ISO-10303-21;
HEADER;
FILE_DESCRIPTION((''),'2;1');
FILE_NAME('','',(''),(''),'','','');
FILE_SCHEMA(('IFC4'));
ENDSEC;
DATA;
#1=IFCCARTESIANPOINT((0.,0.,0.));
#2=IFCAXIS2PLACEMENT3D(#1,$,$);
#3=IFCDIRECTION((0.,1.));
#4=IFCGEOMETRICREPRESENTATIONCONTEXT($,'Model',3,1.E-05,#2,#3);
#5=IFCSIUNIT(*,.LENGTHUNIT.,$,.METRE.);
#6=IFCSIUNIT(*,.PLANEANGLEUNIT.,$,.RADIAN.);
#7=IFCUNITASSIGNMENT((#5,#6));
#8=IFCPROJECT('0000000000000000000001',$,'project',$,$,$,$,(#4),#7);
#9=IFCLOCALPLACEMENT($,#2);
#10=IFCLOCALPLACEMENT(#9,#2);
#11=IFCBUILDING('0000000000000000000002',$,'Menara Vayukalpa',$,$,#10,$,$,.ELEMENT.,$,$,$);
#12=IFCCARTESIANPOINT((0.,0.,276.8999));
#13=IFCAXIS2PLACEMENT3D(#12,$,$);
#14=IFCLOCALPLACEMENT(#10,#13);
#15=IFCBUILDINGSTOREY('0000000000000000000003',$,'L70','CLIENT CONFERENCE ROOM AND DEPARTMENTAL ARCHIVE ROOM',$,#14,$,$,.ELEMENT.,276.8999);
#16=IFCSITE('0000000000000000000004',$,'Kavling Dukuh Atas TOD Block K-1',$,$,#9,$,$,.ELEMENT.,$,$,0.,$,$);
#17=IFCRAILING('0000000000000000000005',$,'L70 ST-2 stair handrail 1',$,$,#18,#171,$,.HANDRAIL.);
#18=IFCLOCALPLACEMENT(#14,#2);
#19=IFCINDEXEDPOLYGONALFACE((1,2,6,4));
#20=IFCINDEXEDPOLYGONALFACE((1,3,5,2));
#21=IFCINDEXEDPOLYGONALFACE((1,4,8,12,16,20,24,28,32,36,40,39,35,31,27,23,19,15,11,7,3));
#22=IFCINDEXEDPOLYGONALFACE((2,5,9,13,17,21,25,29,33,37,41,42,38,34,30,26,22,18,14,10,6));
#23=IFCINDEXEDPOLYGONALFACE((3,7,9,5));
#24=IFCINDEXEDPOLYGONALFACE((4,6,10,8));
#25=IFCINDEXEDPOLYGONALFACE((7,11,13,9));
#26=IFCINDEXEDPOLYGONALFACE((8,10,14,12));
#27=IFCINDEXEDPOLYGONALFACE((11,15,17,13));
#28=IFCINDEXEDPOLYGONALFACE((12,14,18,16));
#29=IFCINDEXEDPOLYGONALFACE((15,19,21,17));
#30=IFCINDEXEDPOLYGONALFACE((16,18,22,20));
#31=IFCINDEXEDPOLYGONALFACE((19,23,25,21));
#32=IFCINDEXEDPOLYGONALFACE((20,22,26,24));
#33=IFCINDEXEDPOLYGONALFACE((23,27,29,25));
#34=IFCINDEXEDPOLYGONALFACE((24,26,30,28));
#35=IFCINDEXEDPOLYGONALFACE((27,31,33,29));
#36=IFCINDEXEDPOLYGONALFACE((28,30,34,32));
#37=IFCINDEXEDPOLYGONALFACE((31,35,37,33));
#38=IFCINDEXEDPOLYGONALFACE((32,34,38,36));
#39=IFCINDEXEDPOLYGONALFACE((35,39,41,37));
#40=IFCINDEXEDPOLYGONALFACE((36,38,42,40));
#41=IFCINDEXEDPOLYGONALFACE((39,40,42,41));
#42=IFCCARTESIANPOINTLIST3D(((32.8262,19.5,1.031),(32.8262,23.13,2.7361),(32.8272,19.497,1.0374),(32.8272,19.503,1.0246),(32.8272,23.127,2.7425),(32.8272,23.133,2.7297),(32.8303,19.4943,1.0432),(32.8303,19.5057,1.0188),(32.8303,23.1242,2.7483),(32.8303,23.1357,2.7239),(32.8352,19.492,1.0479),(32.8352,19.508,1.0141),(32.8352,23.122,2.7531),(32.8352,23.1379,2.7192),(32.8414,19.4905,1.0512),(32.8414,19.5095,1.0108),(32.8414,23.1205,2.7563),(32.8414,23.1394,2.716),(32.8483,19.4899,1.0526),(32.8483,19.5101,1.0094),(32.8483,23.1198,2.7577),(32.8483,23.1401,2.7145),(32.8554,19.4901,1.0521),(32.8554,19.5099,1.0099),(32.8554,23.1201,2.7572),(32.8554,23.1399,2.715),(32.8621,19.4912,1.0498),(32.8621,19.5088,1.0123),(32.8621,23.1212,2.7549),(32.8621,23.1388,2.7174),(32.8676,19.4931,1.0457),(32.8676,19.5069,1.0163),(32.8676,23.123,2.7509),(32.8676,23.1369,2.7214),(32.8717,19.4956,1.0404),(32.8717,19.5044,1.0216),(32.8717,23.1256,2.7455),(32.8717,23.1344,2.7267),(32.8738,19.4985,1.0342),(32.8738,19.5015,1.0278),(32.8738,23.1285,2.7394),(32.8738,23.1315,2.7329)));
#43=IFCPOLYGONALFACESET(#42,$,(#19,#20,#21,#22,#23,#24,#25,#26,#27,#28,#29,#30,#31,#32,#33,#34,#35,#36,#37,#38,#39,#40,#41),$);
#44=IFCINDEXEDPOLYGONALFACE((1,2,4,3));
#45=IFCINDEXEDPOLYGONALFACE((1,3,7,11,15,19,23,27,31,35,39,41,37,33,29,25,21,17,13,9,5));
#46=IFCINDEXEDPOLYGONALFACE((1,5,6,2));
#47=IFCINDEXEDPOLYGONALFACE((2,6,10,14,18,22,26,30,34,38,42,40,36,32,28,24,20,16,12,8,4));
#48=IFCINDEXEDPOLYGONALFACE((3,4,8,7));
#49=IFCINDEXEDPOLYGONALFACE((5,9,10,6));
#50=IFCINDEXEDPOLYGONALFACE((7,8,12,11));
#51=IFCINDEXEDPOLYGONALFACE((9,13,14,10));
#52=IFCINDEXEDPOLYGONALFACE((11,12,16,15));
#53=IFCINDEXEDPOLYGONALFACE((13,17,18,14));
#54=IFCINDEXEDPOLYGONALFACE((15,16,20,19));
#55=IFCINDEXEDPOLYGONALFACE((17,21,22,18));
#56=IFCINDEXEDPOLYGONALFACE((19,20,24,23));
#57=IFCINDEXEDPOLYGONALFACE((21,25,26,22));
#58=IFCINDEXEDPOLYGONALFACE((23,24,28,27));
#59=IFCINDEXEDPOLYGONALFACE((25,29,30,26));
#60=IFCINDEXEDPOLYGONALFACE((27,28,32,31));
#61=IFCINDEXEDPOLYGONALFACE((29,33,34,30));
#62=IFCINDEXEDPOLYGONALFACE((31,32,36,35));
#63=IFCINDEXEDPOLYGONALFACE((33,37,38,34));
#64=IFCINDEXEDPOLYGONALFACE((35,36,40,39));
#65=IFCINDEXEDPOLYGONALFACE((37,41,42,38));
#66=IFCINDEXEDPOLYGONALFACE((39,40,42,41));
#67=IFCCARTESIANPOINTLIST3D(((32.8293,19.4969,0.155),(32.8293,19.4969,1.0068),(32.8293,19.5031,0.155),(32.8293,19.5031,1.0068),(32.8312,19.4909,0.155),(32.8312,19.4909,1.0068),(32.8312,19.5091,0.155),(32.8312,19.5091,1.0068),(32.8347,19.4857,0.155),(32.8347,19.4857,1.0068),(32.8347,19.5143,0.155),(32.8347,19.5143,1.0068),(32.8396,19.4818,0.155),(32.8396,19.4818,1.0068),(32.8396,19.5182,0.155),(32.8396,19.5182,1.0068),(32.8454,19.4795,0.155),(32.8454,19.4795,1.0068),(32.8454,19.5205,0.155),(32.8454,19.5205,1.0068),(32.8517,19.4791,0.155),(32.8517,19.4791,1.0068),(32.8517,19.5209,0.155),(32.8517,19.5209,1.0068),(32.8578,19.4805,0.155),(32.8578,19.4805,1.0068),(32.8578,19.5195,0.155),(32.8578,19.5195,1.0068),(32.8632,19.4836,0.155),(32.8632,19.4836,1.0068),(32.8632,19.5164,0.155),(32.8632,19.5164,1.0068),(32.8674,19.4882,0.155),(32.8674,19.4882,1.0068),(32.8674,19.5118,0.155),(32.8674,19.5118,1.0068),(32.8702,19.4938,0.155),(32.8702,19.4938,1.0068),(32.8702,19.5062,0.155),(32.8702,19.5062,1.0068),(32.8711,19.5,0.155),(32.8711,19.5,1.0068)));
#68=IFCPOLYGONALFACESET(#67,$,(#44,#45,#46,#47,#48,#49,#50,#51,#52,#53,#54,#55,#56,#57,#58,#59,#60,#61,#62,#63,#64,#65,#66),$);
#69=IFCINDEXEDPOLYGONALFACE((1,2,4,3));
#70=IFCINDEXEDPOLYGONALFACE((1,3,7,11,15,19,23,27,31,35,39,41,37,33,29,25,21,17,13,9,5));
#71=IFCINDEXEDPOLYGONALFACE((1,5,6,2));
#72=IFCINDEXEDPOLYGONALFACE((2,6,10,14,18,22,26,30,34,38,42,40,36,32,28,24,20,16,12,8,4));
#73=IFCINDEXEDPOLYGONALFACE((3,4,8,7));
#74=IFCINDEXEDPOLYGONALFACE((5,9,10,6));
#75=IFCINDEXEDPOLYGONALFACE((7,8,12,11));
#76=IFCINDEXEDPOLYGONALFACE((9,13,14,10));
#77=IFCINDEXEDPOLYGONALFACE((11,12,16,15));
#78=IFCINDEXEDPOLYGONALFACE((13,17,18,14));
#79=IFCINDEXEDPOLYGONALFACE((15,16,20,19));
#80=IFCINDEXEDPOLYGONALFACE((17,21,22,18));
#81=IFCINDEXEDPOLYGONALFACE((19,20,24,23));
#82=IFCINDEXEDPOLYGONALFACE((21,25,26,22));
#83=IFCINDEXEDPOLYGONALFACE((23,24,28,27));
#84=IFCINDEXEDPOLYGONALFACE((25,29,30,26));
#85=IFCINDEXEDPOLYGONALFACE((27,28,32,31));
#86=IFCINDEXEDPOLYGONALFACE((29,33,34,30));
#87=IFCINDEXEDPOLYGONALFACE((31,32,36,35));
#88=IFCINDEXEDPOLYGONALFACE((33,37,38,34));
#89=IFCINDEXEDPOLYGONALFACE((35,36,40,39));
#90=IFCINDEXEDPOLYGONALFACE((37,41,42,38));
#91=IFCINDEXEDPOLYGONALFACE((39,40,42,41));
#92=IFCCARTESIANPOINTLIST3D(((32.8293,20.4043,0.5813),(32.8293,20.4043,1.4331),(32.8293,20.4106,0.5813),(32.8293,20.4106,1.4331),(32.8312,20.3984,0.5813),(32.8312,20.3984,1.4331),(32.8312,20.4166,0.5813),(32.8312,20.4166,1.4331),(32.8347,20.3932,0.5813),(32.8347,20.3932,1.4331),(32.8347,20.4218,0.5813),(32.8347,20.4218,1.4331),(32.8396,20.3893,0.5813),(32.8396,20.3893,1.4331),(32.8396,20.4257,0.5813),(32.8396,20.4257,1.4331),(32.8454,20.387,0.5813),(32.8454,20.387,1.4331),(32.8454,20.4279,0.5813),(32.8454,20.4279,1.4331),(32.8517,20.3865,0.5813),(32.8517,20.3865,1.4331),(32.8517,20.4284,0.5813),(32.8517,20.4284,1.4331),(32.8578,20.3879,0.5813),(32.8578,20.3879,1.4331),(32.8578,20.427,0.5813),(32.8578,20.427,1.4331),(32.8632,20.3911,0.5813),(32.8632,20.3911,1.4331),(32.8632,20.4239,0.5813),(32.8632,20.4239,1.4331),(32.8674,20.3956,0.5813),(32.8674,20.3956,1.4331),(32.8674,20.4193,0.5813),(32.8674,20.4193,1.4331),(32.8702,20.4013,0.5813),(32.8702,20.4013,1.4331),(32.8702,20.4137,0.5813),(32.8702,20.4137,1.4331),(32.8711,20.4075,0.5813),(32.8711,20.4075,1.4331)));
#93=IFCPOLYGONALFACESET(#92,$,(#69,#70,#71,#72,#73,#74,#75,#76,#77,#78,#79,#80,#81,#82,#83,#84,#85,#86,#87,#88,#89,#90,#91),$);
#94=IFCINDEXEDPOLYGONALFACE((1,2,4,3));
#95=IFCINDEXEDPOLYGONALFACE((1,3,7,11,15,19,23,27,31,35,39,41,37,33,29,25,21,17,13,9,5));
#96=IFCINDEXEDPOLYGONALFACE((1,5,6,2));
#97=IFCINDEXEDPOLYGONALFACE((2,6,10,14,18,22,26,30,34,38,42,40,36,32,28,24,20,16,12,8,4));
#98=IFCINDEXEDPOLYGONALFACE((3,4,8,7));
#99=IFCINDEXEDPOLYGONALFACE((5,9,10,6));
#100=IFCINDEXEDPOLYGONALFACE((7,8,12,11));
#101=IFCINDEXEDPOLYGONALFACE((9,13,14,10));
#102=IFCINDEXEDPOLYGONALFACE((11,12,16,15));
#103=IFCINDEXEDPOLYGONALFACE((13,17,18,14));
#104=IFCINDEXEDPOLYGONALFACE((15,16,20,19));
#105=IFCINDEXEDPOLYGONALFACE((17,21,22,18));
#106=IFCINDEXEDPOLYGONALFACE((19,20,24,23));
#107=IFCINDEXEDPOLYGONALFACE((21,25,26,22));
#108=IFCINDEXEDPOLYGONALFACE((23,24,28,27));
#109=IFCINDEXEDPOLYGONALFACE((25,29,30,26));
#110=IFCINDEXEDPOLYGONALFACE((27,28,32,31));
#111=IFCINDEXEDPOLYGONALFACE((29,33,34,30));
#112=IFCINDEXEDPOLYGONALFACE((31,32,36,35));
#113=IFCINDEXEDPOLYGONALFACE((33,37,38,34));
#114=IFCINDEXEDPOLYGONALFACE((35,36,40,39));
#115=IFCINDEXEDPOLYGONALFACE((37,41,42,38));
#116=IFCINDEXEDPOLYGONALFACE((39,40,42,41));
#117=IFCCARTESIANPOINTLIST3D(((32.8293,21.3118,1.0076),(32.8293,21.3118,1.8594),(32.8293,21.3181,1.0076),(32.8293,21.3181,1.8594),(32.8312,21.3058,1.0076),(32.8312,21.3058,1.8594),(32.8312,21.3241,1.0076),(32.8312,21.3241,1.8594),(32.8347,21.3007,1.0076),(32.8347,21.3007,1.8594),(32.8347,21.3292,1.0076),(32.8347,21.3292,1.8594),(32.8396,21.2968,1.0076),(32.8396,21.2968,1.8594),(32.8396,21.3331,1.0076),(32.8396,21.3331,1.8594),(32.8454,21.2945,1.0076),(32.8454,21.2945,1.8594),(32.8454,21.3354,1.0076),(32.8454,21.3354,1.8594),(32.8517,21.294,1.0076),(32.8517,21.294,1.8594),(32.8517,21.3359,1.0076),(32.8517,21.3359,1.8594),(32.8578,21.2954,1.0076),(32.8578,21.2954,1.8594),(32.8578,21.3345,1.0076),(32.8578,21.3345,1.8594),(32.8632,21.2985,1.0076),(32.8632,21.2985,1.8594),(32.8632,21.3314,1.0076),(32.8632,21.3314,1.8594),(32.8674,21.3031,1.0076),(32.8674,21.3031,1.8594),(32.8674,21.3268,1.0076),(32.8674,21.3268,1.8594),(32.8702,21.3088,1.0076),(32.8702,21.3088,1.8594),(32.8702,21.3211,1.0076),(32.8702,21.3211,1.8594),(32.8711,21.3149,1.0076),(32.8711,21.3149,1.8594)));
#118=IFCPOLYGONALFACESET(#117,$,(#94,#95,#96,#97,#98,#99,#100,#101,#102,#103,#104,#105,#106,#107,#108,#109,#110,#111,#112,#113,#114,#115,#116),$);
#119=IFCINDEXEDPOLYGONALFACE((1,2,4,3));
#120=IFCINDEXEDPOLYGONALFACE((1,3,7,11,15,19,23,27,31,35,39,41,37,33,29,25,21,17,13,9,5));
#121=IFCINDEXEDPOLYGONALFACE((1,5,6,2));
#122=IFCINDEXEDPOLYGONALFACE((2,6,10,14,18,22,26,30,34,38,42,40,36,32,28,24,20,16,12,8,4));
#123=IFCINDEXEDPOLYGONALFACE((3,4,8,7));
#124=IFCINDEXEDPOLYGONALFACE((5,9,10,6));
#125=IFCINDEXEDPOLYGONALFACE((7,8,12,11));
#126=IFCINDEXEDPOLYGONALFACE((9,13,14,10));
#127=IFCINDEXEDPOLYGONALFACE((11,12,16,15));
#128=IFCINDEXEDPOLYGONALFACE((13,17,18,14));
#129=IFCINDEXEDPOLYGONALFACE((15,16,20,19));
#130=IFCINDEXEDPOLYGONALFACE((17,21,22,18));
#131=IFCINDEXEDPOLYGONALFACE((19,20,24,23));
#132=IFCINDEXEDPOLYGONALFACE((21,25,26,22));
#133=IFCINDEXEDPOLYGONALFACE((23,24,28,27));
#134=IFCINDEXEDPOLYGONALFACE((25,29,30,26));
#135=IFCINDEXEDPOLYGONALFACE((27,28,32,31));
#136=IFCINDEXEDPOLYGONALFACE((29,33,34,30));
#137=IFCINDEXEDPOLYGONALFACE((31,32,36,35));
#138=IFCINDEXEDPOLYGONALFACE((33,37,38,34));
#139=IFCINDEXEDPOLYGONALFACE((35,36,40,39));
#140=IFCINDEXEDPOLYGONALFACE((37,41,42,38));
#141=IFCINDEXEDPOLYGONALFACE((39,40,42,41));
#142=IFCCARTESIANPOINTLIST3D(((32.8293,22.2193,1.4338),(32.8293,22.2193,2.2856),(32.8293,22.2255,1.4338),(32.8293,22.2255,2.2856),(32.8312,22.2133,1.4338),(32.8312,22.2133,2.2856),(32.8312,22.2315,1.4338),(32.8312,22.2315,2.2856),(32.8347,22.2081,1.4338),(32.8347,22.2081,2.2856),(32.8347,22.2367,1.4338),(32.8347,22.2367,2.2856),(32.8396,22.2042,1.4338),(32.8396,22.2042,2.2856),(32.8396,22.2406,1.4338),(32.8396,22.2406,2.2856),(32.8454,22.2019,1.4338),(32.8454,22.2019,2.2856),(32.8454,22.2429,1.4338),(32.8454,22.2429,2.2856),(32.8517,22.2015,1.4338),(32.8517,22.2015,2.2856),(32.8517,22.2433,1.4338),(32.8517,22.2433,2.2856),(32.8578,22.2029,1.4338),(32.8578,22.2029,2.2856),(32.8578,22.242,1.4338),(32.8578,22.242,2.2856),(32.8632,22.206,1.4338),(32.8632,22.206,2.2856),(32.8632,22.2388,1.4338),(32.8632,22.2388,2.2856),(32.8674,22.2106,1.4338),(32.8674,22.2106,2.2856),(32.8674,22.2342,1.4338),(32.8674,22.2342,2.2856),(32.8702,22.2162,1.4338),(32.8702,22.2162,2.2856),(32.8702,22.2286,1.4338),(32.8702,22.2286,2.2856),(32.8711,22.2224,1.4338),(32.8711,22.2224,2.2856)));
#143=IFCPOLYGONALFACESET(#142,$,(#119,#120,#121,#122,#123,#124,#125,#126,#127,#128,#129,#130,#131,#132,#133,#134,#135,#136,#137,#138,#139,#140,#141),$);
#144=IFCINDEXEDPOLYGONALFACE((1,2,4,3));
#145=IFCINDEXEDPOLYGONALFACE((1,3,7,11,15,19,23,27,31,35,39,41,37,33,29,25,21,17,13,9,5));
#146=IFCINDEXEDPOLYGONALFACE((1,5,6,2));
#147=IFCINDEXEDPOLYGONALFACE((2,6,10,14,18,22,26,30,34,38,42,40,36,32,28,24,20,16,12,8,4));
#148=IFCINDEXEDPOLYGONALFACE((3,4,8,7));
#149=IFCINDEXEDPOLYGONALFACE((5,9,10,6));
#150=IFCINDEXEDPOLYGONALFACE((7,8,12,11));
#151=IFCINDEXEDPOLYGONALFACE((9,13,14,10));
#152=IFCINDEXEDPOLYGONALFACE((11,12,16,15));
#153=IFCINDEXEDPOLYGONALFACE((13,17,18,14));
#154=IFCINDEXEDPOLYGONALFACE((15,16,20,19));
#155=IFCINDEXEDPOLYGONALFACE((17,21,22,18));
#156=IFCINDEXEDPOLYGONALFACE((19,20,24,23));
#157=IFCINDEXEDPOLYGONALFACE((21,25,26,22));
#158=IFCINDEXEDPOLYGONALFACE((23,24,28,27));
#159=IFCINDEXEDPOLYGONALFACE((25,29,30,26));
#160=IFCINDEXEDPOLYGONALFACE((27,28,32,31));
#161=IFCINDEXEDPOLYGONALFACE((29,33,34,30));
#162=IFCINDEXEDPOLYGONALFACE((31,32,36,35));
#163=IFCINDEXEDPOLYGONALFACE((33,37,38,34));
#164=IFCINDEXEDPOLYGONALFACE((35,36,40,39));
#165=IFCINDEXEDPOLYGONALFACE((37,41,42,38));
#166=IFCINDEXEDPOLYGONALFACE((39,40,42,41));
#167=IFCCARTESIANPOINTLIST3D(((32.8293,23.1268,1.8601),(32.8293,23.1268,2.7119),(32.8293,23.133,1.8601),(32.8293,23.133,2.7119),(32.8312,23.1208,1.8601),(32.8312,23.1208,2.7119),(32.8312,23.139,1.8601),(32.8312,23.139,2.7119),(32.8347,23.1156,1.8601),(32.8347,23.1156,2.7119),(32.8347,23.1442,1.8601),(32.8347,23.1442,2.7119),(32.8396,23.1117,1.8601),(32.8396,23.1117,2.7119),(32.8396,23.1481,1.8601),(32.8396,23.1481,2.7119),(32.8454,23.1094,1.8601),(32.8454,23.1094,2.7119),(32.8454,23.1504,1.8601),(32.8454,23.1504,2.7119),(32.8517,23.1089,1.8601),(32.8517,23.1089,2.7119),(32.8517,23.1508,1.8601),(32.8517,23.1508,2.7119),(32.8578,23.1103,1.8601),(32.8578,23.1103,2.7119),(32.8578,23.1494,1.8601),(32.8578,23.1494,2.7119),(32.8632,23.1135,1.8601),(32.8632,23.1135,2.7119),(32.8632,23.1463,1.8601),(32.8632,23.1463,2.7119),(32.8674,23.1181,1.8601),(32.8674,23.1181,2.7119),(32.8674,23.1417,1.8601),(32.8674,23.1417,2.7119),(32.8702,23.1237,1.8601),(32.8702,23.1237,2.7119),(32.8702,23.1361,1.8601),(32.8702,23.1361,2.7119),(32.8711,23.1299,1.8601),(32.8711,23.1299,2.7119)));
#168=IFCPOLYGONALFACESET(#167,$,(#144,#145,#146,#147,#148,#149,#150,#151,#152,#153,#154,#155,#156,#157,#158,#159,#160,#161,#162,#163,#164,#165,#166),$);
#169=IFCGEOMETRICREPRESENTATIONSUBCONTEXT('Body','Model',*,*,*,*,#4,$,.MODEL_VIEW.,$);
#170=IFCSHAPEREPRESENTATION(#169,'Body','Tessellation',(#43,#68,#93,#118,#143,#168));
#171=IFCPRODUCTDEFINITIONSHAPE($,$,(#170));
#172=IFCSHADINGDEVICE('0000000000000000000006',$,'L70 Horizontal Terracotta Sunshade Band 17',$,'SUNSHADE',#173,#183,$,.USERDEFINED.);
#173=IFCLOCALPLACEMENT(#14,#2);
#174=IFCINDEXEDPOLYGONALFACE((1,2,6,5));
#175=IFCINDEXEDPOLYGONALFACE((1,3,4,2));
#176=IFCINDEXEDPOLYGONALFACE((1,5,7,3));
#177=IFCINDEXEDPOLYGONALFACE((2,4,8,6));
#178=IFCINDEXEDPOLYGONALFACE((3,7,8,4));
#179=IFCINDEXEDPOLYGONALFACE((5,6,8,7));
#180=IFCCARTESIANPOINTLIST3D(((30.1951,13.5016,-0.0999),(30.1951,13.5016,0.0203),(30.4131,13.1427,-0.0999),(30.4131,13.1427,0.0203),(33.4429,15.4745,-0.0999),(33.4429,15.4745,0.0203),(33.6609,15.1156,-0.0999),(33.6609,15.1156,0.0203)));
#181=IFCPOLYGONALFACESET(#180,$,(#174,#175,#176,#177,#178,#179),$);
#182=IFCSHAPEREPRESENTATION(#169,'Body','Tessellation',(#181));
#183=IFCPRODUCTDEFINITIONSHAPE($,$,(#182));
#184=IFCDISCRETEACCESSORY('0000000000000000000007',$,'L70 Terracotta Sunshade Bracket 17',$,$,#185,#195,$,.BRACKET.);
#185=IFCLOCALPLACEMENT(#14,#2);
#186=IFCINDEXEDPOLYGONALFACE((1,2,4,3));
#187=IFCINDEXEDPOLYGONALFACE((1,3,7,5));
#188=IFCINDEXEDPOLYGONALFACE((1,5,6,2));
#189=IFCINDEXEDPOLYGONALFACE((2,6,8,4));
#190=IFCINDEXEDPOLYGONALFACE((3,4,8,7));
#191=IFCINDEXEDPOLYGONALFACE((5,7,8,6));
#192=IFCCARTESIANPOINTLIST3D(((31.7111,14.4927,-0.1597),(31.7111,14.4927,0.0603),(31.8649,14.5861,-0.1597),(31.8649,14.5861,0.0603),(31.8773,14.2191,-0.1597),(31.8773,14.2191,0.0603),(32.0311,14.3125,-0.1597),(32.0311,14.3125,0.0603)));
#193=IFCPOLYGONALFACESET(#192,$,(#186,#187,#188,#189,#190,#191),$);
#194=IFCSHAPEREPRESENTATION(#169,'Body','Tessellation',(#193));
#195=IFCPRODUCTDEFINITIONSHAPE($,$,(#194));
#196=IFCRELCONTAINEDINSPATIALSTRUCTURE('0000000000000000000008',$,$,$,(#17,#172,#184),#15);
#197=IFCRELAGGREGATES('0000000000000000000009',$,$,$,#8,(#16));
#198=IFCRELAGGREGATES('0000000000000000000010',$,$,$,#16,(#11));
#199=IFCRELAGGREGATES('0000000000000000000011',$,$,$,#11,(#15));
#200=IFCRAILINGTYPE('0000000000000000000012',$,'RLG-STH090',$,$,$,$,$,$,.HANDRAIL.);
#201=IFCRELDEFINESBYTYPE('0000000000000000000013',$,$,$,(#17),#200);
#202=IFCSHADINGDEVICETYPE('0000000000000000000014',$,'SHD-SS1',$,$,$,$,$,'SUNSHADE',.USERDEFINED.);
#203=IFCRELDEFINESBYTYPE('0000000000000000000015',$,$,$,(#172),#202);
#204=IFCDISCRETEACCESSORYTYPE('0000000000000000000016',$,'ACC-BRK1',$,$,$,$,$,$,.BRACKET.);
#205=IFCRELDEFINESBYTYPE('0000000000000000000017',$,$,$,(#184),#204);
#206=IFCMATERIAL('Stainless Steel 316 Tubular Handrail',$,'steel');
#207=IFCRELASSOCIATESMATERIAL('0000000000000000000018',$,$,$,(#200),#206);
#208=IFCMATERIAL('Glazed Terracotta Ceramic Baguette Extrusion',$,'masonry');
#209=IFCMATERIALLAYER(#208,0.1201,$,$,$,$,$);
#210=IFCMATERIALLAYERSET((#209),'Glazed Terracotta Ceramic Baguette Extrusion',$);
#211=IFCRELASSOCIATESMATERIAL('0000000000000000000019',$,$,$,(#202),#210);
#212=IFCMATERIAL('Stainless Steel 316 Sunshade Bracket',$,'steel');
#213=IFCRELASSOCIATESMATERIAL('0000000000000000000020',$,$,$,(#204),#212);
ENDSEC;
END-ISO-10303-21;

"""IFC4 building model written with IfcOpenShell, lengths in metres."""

from ifc_helpers import new_model, si_unit, direction, frame, origin, origin_2d, place, context, subcontext, project, spatial, rectangle, circle, extrude, material, layer, layer_set, type_object, element, save


model = new_model("IFC4")

# Units and contexts
model_context = context("Model", 3, precision=1e-05, world=origin(), true_north=direction((0.0, 1.0)))
body_context = subcontext(model_context, "Body", "Model", "MODEL_VIEW")
ifc_project = project(units=[si_unit("LENGTHUNIT", "METRE"), si_unit("PLANEANGLEUNIT", "RADIAN")], contexts=[model_context])

# Site, building, storey
site_placement = place(None, origin())
site = spatial("IfcSite", under=ifc_project, at=site_placement, Name="Kavling Dukuh Atas TOD Block K-1", CompositionType="ELEMENT", RefElevation=0.0)
building_placement = place(site_placement, origin())
building = spatial("IfcBuilding", under=site, at=building_placement, Name="Menara Vayukalpa", CompositionType="ELEMENT")
storey_placement = place(building_placement, frame((0.0, 0.0, 276.8999)))
storey = spatial("IfcBuildingStorey", under=building, at=storey_placement, Name="L70", Description="CLIENT CONFERENCE ROOM AND DEPARTMENTAL ARCHIVE ROOM", CompositionType="ELEMENT", Elevation=276.8999)

# Railing
ifc_material_1 = material(Name="Stainless Steel 316 Tubular Handrail", Category="steel")
railing_type_1 = type_object("IfcRailingType", Name="RLG-STH090", PredefinedType="HANDRAIL", material=ifc_material_1)
railing_1_placement = place(storey_placement, frame((32.8501, 19.5, 0.155)))
element("IfcRailing", 1, at=railing_1_placement, inside=storey, type_object=railing_type_1, Name="L70 ST-2 stair handrail 1", PredefinedType="HANDRAIL", context=body_context, shape_type="SweptSolid", body=[
    extrude(circle(Radius=0.0239, at=origin_2d()), frame((0.0, 0.0, 0.876), z_axis=(0.0, 0.905116, 0.425164), x_axis=(-1.0, 0.0, 0.0)), (0.0, 0.0, 1.0), 4.0105),
    extrude(circle(Radius=0.021, at=origin_2d()), origin(), (0.0, 0.0, 1.0), 0.8518),
    extrude(circle(Radius=0.021, at=origin_2d()), frame((0.0, 0.9075, 0.4263)), (0.0, 0.0, 1.0), 0.8518),
    extrude(circle(Radius=0.021, at=origin_2d()), frame((0.0, 1.8149, 0.8525)), (0.0, 0.0, 1.0), 0.8518),
    extrude(circle(Radius=0.021, at=origin_2d()), frame((0.0, 2.7224, 1.2788)), (0.0, 0.0, 1.0), 0.8518),
    extrude(circle(Radius=0.021, at=origin_2d()), frame((0.0, 3.6299, 1.7051)), (0.0, 0.0, 1.0), 0.8518),
])

# Shading device
ifc_material_2 = material(Name="Glazed Terracotta Ceramic Baguette Extrusion", Category="masonry")
ifc_layer_1 = layer(ifc_material_2, 0.1201)
ifc_layer_set_1 = layer_set([ifc_layer_1], Name="Glazed Terracotta Ceramic Baguette Extrusion")
shading_device_type = type_object("IfcShadingDeviceType", Name="SHD-SS1", ElementType="SUNSHADE", PredefinedType="USERDEFINED", material=ifc_layer_set_1)
shading_device_placement = place(storey_placement, frame((31.928, 14.3086, -0.0999), z_axis=(0.0, 0.0, 1.0), x_axis=(0.854667, 0.519176, 0.0)))
element("IfcShadingDevice", 2, at=shading_device_placement, inside=storey, type_object=shading_device_type, Name="L70 Horizontal Terracotta Sunshade Band 17", ObjectType="SUNSHADE", PredefinedType="USERDEFINED", context=body_context, shape_type="SweptSolid", body=[
    extrude(rectangle(XDim=3.8, YDim=0.4199, at=origin_2d()), origin(), (0.0, 0.0, 1.0), 0.1201),
])

# Discrete accessory
ifc_material_3 = material(Name="Stainless Steel 316 Sunshade Bracket", Category="steel")
discrete_accessory_type = type_object("IfcDiscreteAccessoryType", Name="ACC-BRK1", PredefinedType="BRACKET", material=ifc_material_3)
discrete_accessory_placement = place(storey_placement, frame((31.8711, 14.4026, -0.1597), z_axis=(0.0, 0.0, 1.0), x_axis=(0.854667, 0.519176, 0.0)))
element("IfcDiscreteAccessory", 3, at=discrete_accessory_placement, inside=storey, type_object=discrete_accessory_type, Name="L70 Terracotta Sunshade Bracket 17", PredefinedType="BRACKET", context=body_context, shape_type="SweptSolid", body=[
    extrude(rectangle(XDim=0.1799, YDim=0.3201, at=origin_2d()), origin(), (0.0, 0.0, 1.0), 0.22),
])

save(model, "model.ifc")
